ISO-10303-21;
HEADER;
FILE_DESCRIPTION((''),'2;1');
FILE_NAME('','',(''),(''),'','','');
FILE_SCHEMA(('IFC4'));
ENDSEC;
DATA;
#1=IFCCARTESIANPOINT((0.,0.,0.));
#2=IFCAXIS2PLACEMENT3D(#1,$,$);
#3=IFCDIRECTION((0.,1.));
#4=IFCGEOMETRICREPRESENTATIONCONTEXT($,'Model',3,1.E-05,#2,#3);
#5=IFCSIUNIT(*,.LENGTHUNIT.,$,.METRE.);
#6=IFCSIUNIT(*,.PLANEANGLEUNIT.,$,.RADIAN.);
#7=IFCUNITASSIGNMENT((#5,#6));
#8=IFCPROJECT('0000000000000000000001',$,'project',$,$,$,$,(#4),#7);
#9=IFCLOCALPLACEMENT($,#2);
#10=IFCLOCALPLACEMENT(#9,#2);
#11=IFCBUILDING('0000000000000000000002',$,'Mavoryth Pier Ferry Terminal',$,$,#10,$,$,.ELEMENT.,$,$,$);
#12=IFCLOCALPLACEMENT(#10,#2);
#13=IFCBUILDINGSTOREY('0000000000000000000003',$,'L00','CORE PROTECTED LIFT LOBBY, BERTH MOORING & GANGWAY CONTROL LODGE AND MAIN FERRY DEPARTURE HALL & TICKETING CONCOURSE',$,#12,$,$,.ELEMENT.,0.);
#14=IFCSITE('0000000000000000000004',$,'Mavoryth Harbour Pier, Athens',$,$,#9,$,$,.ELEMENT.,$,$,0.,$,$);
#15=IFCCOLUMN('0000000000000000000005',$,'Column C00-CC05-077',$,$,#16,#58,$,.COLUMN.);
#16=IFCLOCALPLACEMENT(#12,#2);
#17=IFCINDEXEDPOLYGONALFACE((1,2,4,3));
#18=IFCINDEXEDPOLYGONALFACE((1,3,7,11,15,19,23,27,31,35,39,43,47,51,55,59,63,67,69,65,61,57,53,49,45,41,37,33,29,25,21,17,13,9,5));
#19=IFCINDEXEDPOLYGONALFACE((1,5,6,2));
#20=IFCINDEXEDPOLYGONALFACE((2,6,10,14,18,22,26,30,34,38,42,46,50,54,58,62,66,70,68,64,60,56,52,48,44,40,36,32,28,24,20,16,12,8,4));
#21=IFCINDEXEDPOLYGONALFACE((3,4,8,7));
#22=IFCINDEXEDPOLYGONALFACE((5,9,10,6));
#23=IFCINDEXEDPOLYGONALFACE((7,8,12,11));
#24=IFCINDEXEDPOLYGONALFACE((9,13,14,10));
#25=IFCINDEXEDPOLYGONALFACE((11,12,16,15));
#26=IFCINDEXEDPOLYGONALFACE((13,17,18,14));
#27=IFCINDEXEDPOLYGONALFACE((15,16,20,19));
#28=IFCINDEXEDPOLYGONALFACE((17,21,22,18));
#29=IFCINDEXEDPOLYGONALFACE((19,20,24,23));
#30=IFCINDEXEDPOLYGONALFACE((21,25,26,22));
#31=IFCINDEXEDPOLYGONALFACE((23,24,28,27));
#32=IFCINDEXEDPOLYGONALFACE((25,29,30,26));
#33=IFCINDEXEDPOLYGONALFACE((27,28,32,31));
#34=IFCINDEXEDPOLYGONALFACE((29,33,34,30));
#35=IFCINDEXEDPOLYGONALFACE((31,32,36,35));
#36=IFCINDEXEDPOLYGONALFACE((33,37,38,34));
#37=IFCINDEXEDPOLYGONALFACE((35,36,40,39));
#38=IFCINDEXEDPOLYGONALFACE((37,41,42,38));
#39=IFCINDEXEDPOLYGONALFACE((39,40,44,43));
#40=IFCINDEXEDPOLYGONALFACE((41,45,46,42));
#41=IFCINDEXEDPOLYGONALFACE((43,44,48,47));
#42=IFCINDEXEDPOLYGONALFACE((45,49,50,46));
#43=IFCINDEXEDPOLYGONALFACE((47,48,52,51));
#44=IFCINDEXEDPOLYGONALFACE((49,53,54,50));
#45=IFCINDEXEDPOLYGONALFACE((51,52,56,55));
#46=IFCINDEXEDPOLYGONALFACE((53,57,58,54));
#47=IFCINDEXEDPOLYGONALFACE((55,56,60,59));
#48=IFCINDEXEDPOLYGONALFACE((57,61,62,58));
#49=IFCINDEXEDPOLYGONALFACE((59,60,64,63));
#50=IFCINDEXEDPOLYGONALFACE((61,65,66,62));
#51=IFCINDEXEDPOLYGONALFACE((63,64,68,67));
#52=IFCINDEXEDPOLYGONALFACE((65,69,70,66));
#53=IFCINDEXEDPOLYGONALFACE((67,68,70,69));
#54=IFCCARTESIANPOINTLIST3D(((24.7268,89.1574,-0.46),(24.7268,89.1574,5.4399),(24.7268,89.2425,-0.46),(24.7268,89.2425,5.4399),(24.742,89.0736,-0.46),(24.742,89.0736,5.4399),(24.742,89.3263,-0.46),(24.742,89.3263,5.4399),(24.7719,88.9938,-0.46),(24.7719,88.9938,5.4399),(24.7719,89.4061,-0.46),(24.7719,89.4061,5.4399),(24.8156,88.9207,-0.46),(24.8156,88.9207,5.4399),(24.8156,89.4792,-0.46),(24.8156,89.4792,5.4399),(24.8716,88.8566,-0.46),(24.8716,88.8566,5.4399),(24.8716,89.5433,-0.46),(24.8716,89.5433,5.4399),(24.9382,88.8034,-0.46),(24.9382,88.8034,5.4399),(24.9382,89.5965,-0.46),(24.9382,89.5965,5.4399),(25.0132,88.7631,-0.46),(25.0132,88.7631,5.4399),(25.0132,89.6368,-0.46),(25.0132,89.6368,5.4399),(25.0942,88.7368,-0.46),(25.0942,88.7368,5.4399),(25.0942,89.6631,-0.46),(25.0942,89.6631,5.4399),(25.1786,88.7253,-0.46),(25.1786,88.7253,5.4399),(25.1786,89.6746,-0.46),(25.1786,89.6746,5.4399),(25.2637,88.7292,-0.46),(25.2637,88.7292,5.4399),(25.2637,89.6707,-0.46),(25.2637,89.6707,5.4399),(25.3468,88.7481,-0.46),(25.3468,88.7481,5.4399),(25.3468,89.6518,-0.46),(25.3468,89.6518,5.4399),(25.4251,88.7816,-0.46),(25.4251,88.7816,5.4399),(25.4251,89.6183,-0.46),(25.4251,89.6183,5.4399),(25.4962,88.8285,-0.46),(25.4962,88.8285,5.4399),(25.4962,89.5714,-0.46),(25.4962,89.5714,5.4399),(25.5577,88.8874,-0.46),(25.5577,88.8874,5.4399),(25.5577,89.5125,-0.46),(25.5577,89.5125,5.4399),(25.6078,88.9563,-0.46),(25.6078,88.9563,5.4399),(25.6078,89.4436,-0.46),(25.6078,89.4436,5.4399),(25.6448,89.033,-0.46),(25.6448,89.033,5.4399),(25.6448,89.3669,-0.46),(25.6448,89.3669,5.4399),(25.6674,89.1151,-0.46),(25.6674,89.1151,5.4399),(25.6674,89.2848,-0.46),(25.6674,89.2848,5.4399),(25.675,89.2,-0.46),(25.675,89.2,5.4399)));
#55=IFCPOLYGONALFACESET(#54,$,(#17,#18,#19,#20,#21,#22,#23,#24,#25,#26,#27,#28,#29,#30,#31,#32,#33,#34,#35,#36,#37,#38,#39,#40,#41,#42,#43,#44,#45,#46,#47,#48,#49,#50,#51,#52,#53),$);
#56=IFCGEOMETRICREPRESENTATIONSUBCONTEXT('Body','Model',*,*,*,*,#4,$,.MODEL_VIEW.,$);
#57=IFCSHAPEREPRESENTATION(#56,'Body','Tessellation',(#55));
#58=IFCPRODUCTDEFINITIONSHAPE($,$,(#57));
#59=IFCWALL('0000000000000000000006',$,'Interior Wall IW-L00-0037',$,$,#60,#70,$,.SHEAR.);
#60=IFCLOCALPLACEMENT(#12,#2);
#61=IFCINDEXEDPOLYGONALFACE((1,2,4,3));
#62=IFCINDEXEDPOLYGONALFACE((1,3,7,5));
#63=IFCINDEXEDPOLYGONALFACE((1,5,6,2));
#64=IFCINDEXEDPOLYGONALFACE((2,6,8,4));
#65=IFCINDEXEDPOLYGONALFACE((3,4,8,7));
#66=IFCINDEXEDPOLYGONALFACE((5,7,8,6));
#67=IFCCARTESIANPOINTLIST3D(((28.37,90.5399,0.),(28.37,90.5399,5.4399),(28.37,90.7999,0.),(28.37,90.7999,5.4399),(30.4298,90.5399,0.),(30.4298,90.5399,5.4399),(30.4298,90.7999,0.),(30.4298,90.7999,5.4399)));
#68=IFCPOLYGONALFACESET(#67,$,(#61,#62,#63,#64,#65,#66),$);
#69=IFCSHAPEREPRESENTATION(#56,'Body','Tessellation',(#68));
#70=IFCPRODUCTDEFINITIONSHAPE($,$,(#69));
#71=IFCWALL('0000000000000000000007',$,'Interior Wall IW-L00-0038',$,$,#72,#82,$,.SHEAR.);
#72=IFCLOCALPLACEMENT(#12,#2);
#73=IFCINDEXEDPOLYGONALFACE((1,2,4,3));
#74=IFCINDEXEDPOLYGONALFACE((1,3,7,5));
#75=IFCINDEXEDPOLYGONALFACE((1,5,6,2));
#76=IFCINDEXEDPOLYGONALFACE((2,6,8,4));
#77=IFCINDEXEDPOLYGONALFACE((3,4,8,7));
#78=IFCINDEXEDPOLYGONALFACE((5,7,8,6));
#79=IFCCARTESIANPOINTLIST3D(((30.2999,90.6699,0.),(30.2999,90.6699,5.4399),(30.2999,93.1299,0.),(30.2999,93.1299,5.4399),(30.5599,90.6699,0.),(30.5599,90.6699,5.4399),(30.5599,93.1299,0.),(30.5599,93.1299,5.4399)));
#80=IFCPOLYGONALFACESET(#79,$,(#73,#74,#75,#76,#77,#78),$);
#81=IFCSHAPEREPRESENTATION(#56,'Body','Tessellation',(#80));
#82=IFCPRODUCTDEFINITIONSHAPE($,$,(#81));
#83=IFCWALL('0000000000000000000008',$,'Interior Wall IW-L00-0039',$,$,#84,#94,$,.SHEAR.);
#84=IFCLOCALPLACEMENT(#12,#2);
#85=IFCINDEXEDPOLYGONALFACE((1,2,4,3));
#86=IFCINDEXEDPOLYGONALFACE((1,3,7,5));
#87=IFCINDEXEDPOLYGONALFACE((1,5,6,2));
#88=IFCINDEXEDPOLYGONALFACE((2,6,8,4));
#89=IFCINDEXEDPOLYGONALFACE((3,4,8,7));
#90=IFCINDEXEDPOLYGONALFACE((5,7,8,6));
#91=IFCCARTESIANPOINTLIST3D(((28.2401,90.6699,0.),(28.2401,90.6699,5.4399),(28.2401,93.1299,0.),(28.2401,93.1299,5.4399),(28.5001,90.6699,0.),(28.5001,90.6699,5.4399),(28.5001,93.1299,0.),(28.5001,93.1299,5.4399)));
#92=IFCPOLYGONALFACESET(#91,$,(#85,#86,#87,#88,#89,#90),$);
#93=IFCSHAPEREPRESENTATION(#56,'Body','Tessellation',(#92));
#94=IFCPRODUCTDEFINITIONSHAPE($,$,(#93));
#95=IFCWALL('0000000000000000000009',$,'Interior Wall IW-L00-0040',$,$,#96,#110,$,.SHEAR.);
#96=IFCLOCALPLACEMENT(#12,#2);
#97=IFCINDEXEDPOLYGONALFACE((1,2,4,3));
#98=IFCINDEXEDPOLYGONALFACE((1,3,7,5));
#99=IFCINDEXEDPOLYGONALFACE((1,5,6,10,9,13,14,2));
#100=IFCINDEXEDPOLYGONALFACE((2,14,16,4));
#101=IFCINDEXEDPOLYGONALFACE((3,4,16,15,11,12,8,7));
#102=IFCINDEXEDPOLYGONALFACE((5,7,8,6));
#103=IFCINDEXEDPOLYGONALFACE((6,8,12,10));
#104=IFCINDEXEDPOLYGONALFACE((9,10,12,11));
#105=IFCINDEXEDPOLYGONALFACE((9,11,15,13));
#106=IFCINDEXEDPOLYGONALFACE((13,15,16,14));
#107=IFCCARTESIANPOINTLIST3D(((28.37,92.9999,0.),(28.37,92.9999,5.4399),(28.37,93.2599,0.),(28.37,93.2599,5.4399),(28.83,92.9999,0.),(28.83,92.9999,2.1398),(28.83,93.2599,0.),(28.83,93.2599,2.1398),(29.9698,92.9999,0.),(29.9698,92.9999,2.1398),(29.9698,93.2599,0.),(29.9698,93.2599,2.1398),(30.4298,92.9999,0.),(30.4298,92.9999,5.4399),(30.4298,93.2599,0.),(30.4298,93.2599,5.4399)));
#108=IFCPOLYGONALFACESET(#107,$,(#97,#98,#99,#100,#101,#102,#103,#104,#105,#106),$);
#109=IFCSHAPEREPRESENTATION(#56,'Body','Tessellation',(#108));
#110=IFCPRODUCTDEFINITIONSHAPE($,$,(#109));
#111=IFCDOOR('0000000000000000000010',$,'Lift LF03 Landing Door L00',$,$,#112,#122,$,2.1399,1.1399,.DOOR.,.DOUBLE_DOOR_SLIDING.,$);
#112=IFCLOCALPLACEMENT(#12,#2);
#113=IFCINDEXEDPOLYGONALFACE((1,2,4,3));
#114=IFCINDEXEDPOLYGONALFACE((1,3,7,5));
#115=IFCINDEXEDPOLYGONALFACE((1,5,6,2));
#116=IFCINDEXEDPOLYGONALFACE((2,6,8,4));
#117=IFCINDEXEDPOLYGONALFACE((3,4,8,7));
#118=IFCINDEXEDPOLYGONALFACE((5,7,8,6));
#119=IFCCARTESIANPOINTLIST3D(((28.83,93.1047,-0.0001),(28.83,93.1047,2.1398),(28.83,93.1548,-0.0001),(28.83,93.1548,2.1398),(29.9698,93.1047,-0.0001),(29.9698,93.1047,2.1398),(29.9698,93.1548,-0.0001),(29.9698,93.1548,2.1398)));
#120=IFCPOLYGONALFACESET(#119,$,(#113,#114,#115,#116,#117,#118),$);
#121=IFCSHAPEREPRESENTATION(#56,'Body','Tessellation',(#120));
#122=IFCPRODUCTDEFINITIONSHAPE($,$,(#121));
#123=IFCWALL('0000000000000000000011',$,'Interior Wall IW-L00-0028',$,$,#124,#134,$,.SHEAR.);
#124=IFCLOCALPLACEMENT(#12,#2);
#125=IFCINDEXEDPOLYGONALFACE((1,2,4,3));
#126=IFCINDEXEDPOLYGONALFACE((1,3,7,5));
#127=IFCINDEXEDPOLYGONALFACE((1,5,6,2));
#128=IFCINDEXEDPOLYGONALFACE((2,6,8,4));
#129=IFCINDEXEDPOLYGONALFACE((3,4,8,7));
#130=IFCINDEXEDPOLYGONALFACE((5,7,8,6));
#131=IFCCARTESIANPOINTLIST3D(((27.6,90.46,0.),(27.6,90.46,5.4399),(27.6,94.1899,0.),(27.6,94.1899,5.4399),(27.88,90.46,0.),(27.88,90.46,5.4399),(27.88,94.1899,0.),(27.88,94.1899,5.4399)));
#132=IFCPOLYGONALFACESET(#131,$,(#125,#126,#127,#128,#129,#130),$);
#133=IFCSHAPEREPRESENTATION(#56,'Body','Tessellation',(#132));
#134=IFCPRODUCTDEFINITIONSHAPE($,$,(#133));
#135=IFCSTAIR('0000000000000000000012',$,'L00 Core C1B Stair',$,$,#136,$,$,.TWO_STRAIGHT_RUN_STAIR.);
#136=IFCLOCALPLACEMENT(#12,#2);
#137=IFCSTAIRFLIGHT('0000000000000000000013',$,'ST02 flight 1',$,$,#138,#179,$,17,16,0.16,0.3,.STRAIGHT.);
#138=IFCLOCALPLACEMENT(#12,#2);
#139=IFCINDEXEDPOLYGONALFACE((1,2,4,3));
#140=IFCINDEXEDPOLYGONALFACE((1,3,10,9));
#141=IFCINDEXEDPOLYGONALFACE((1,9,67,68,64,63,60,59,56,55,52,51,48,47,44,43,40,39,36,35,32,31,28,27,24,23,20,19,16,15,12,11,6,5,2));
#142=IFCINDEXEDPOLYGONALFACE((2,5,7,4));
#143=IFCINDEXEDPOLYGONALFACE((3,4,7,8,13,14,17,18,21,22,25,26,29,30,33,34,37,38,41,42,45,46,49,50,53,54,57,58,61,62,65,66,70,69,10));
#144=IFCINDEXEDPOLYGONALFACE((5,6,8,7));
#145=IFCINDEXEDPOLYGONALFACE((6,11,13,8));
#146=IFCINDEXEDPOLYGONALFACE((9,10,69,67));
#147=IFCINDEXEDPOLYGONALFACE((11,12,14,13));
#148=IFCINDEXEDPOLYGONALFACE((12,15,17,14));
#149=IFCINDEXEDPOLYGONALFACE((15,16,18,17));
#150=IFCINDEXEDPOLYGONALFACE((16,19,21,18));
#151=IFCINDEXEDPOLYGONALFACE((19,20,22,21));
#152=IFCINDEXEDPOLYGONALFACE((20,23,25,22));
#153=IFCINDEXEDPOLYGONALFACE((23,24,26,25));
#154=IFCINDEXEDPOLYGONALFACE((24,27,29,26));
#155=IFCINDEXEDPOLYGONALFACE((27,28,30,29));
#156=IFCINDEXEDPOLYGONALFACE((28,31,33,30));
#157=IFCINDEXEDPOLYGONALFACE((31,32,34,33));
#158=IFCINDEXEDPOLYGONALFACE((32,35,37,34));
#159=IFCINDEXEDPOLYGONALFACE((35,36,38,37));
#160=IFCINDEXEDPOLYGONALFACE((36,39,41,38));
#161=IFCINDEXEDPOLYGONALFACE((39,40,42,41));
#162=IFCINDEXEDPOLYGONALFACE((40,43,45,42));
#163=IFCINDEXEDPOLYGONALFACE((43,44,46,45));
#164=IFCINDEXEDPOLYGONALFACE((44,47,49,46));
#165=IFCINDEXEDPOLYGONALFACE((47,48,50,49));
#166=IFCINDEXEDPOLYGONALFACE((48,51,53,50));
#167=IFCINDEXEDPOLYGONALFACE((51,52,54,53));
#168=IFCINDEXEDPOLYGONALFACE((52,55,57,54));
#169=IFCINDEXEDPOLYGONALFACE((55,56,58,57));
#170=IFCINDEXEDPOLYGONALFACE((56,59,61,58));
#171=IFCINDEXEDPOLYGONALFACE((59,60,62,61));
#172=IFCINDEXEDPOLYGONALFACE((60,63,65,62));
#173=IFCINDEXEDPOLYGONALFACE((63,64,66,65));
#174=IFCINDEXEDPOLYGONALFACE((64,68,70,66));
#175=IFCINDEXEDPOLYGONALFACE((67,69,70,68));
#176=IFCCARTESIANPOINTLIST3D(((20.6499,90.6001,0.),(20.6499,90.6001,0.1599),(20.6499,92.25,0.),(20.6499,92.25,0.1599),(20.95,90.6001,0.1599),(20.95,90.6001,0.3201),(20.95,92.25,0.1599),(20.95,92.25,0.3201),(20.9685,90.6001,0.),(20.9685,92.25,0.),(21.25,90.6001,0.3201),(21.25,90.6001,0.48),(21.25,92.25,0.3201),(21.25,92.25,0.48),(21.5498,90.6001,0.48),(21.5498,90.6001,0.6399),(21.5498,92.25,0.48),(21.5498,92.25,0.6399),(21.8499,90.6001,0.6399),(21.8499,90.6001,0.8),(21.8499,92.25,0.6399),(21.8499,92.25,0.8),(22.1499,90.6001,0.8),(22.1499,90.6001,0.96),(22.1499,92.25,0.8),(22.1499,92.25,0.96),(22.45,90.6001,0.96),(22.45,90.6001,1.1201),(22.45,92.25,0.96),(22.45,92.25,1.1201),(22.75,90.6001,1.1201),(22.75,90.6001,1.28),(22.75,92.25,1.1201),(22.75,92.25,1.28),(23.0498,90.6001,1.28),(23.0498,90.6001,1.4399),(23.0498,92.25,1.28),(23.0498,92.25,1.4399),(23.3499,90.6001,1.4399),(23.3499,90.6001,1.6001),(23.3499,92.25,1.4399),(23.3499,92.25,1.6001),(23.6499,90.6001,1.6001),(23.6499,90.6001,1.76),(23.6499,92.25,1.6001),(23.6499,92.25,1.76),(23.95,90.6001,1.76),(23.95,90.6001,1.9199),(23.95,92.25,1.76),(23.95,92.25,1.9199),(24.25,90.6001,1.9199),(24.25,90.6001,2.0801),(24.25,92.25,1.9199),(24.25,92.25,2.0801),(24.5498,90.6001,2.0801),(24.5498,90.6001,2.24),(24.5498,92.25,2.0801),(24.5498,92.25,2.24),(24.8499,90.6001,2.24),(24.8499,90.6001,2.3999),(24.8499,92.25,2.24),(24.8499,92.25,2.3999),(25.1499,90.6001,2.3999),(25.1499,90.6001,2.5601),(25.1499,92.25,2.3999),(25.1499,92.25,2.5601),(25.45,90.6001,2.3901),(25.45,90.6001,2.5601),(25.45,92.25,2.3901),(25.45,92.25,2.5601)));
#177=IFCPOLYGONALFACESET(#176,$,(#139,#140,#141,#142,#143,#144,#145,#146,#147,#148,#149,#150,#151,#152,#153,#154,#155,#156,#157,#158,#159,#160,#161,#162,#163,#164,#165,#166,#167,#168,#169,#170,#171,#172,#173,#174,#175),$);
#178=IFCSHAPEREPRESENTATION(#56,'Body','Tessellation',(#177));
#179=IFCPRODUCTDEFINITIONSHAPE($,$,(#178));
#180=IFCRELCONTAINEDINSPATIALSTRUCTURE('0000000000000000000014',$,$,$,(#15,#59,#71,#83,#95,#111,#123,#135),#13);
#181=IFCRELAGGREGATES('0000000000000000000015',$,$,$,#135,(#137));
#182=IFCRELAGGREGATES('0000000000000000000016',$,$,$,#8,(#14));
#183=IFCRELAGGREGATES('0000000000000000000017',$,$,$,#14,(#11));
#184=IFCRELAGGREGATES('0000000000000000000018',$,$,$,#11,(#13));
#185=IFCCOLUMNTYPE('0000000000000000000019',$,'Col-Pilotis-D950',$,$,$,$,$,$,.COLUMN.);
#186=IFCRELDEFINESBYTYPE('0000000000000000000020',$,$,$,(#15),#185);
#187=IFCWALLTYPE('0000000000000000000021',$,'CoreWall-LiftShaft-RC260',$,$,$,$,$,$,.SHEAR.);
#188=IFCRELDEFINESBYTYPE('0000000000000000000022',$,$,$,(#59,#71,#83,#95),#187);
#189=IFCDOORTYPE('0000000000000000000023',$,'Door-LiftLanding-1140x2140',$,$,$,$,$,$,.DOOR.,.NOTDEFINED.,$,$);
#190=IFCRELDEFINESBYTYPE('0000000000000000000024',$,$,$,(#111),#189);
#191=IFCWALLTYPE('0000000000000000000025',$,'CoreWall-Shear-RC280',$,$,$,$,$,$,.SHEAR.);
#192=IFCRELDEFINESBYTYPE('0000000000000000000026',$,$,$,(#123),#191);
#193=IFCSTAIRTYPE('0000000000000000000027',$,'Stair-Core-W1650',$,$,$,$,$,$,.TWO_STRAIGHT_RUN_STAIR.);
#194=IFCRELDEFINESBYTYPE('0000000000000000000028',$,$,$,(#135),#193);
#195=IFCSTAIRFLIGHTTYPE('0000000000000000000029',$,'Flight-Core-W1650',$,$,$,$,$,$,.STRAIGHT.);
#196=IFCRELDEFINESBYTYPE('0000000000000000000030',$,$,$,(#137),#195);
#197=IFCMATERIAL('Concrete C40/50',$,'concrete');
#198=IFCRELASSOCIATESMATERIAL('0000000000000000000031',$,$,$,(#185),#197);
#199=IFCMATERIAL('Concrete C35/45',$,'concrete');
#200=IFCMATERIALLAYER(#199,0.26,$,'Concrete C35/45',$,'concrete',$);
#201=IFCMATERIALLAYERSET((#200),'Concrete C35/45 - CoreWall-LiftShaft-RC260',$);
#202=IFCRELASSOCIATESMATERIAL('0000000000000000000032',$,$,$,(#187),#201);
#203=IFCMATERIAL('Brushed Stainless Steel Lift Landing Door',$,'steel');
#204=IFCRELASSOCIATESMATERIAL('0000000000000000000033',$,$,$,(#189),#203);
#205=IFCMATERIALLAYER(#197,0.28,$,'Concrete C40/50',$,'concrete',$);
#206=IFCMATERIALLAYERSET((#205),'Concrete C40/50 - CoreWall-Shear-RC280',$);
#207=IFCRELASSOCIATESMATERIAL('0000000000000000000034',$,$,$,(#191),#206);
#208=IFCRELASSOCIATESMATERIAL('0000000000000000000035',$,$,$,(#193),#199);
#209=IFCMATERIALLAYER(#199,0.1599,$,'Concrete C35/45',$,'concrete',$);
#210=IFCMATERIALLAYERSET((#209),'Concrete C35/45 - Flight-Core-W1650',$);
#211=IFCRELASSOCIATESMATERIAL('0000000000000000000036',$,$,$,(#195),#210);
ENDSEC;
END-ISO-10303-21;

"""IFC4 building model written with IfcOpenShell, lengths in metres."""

from ifc_helpers import new_model, si_unit, direction, frame, frame_2d, origin, origin_2d, place, context, subcontext, project, spatial, polyline, rectangle, circle, outline, extrude, material, layer, layer_set, material_profile, profile_set, type_object, element, fill, aggregate, save


model = new_model("IFC4")

# Units and contexts
model_context = context("Model", 3, precision=1e-05, world=origin(), true_north=direction((0.0, 1.0)))
body_context = subcontext(model_context, "Body", "Model", "MODEL_VIEW")
ifc_project = project(units=[si_unit("LENGTHUNIT", "METRE"), si_unit("PLANEANGLEUNIT", "RADIAN")], contexts=[model_context])

# Site, building, storey
site_placement = place(None, origin())
site = spatial("IfcSite", under=ifc_project, at=site_placement, Name="Mavoryth Harbour Pier, Athens", CompositionType="ELEMENT", RefElevation=0.0)
building_placement = place(site_placement, origin())
building = spatial("IfcBuilding", under=site, at=building_placement, Name="Mavoryth Pier Ferry Terminal", CompositionType="ELEMENT")
storey_placement = place(building_placement, origin())
storey = spatial("IfcBuildingStorey", under=building, at=storey_placement, Name="L00", Description="CORE PROTECTED LIFT LOBBY, BERTH MOORING & GANGWAY CONTROL LODGE AND MAIN FERRY DEPARTURE HALL & TICKETING CONCOURSE", CompositionType="ELEMENT", Elevation=0.0)

# Shared definitions
ifc_material_1 = material(Name="Concrete C35/45", Category="concrete")

# Column
ifc_material_2 = material(Name="Concrete C40/50", Category="concrete")
ifc_material_profile_1 = material_profile(ifc_material_2, circle(Radius=0.4751, at=origin_2d()), Name="RC D950", Category="concrete")
ifc_profile_set_1 = profile_set([ifc_material_profile_1], Name="Concrete C40/50 - RC D950")
column_type = type_object("IfcColumnType", Name="Col-Pilotis-D950", PredefinedType="COLUMN", material=ifc_profile_set_1)
column_placement = place(storey_placement, frame((25.2, 89.2, -0.46), z_axis=(0.0, 0.0, 1.0), x_axis=(1.0, 0.0, 0.0)))
element("IfcColumn", 1, at=column_placement, inside=storey, type_object=column_type, Name="Column C00-CC05-077", PredefinedType="COLUMN", context=body_context, shape_type="SweptSolid", body=[
    extrude(circle(Radius=0.4751, at=origin_2d()), origin(), (0.0, 0.0, 1.0), 5.8999),
])

# Walls
ifc_layer_1 = layer(ifc_material_1, 0.26, Name="Concrete C35/45", Category="concrete")
ifc_layer_set_1 = layer_set([ifc_layer_1], Name="Concrete C35/45 - CoreWall-LiftShaft-RC260")
wall_type_1 = type_object("IfcWallType", Name="CoreWall-LiftShaft-RC260", PredefinedType="SHEAR", material=ifc_layer_set_1)
wall_1_placement = place(storey_placement, frame((28.3701, 90.6699, 0.0), z_axis=(0.0, 0.0, 1.0), x_axis=(1.0, 0.0, 0.0)))
element("IfcWall", 2, at=wall_1_placement, inside=storey, type_object=wall_type_1, Name="Interior Wall IW-L00-0037", PredefinedType="SHEAR", context=body_context, shape_type="SweptSolid", body=[
    extrude(rectangle(XDim=2.0598, YDim=0.26, at=frame_2d((1.0298, 0.0))), origin(), (0.0, 0.0, 1.0), 5.4399),
])
for number, where, z_axis, x_axis, name in (
    (3, (30.4299, 90.6699, 0.0), (0.0, 0.0, 1.0), (0.0, 1.0, 0.0), "Interior Wall IW-L00-0038"),
    (4, (28.3701, 93.1299, 0.0), (0.0, 0.0, 1.0), (0.0, -1.0, 0.0), "Interior Wall IW-L00-0039"),
):
    element("IfcWall", number, at=place(storey_placement, frame(where, z_axis=z_axis, x_axis=x_axis)), inside=storey, type_object=wall_type_1, Name=name, PredefinedType="SHEAR", context=body_context, shape_type="SweptSolid", body=[
        extrude(rectangle(XDim=2.46, YDim=0.26, at=frame_2d((1.23, 0.0))), origin(), (0.0, 0.0, 1.0), 5.4399),
    ])

# Wall, opening, door
wall_2_placement = place(storey_placement, frame((28.3701, 93.1299, 0.0), z_axis=(0.0, 0.0, 1.0), x_axis=(1.0, 0.0, 0.0)))
wall_2 = element("IfcWall", 5, at=wall_2_placement, inside=storey, type_object=wall_type_1, Name="Interior Wall IW-L00-0040", PredefinedType="SHEAR", context=body_context, shape_type="SweptSolid", body=[
    extrude(rectangle(XDim=2.0598, YDim=0.26, at=frame_2d((1.0298, 0.0))), origin(), (0.0, 0.0, 1.0), 5.4399),
])
opening_placement = place(wall_2_placement, frame((0.46, 0.0, 0.0)))
opening = element("IfcOpeningElement", 6, at=opening_placement, cuts=wall_2, PredefinedType="OPENING", context=body_context, shape_type="SweptSolid", body=[
    extrude(rectangle(XDim=1.1399, YDim=2.1399, at=frame_2d((0.5698, 1.0698))), frame((0.0, 0.1399, 0.0), z_axis=(0.0, -1.0, 0.0), x_axis=(1.0, 0.0, 0.0)), (0.0, 0.0, 1.0), 0.28),
])
ifc_material_3 = material(Name="Brushed Stainless Steel Lift Landing Door", Category="steel")
door_type = type_object("IfcDoorType", Name="Door-LiftLanding-1140x2140", OperationType="NOTDEFINED", PredefinedType="DOOR", material=ifc_material_3)
door_placement = place(opening_placement, origin())
door = element("IfcDoor", 7, at=door_placement, inside=storey, type_object=door_type, Name="Lift LF03 Landing Door L00", OperationType="DOUBLE_DOOR_SLIDING", OverallHeight=2.1399, OverallWidth=1.1399, PredefinedType="DOOR", context=body_context, shape_type="SweptSolid", body=[
    extrude(rectangle(XDim=1.1399, YDim=2.1399, at=frame_2d((0.5698, 1.0698))), frame((0.0, 0.0249, 0.0), z_axis=(0.0, -1.0, 0.0), x_axis=(1.0, 0.0, 0.0)), (0.0, 0.0, 1.0), 0.05),
])
fill(opening, door)

# Wall
ifc_layer_2 = layer(ifc_material_2, 0.28, Name="Concrete C40/50", Category="concrete")
ifc_layer_set_2 = layer_set([ifc_layer_2], Name="Concrete C40/50 - CoreWall-Shear-RC280")
wall_type_2 = type_object("IfcWallType", Name="CoreWall-Shear-RC280", PredefinedType="SHEAR", material=ifc_layer_set_2)
wall_3_placement = place(storey_placement, frame((27.74, 90.46, 0.0), z_axis=(0.0, 0.0, 1.0), x_axis=(0.0, 1.0, 0.0)))
element("IfcWall", 8, at=wall_3_placement, inside=storey, type_object=wall_type_2, Name="Interior Wall IW-L00-0028", PredefinedType="SHEAR", context=body_context, shape_type="SweptSolid", body=[
    extrude(rectangle(XDim=3.73, YDim=0.28, at=frame_2d((1.865, 0.0))), origin(), (0.0, 0.0, 1.0), 5.4399),
])

# Stair, stair flight
stair_type = type_object("IfcStairType", Name="Stair-Core-W1650", PredefinedType="TWO_STRAIGHT_RUN_STAIR", material=ifc_material_1)
stair_placement = place(storey_placement, origin())
stair = element("IfcStair", 9, at=stair_placement, inside=storey, type_object=stair_type, Name="L00 Core C1B Stair", PredefinedType="TWO_STRAIGHT_RUN_STAIR")
ifc_layer_3 = layer(ifc_material_1, 0.1599, Name="Concrete C35/45", Category="concrete")
ifc_layer_set_3 = layer_set([ifc_layer_3], Name="Concrete C35/45 - Flight-Core-W1650")
stair_flight_type = type_object("IfcStairFlightType", Name="Flight-Core-W1650", PredefinedType="STRAIGHT", material=ifc_layer_set_3)
stair_flight_1_placement = place(storey_placement, frame((20.6499, 91.425, 0.0), z_axis=(0.0, 0.0, 1.0), x_axis=(1.0, 0.0, 0.0)))
stair_flight_1 = element("IfcStairFlight", 10, at=stair_flight_1_placement, type_object=stair_flight_type, Name="ST02 flight 1", NumberOfRisers=17, NumberOfTreads=16, PredefinedType="STRAIGHT", RiserHeight=0.16, TreadLength=0.3, context=body_context, shape_type="SweptSolid", body=[
    extrude(outline(polyline([(0.0, 0.0), (0.0, 0.1599), (0.3, 0.1599), (0.3, 0.3201), (0.6001, 0.3201), (0.6001, 0.48), (0.8999, 0.48), (0.8999, 0.6399), (1.2, 0.6399), (1.2, 0.8), (1.5, 0.8), (1.5, 0.96), (1.8, 0.96), (1.8, 1.1201), (2.1001, 1.1201), (2.1001, 1.28), (2.3999, 1.28), (2.3999, 1.4399), (2.7, 1.4399), (2.7, 1.6001), (3.0, 1.6001), (3.0, 1.76), (3.3, 1.76), (3.3, 1.9199), (3.6001, 1.9199), (3.6001, 2.0801), (3.8999, 2.0801), (3.8999, 2.24), (4.2, 2.24), (4.2, 2.3999), (4.5, 2.3999), (4.5, 2.5601), (4.8, 2.5601), (4.8, 2.72), (4.8, 2.3901), (0.3186, 0.0), (0.0, 0.0)])), frame((0.0, 0.825, 0.0), z_axis=(0.0, -1.0, 0.0), x_axis=(1.0, 0.0, 0.0)), (0.0, 0.0, 1.0), 1.6499),
])
aggregate(stair, [stair_flight_1])

save(model, "model.ifc")
